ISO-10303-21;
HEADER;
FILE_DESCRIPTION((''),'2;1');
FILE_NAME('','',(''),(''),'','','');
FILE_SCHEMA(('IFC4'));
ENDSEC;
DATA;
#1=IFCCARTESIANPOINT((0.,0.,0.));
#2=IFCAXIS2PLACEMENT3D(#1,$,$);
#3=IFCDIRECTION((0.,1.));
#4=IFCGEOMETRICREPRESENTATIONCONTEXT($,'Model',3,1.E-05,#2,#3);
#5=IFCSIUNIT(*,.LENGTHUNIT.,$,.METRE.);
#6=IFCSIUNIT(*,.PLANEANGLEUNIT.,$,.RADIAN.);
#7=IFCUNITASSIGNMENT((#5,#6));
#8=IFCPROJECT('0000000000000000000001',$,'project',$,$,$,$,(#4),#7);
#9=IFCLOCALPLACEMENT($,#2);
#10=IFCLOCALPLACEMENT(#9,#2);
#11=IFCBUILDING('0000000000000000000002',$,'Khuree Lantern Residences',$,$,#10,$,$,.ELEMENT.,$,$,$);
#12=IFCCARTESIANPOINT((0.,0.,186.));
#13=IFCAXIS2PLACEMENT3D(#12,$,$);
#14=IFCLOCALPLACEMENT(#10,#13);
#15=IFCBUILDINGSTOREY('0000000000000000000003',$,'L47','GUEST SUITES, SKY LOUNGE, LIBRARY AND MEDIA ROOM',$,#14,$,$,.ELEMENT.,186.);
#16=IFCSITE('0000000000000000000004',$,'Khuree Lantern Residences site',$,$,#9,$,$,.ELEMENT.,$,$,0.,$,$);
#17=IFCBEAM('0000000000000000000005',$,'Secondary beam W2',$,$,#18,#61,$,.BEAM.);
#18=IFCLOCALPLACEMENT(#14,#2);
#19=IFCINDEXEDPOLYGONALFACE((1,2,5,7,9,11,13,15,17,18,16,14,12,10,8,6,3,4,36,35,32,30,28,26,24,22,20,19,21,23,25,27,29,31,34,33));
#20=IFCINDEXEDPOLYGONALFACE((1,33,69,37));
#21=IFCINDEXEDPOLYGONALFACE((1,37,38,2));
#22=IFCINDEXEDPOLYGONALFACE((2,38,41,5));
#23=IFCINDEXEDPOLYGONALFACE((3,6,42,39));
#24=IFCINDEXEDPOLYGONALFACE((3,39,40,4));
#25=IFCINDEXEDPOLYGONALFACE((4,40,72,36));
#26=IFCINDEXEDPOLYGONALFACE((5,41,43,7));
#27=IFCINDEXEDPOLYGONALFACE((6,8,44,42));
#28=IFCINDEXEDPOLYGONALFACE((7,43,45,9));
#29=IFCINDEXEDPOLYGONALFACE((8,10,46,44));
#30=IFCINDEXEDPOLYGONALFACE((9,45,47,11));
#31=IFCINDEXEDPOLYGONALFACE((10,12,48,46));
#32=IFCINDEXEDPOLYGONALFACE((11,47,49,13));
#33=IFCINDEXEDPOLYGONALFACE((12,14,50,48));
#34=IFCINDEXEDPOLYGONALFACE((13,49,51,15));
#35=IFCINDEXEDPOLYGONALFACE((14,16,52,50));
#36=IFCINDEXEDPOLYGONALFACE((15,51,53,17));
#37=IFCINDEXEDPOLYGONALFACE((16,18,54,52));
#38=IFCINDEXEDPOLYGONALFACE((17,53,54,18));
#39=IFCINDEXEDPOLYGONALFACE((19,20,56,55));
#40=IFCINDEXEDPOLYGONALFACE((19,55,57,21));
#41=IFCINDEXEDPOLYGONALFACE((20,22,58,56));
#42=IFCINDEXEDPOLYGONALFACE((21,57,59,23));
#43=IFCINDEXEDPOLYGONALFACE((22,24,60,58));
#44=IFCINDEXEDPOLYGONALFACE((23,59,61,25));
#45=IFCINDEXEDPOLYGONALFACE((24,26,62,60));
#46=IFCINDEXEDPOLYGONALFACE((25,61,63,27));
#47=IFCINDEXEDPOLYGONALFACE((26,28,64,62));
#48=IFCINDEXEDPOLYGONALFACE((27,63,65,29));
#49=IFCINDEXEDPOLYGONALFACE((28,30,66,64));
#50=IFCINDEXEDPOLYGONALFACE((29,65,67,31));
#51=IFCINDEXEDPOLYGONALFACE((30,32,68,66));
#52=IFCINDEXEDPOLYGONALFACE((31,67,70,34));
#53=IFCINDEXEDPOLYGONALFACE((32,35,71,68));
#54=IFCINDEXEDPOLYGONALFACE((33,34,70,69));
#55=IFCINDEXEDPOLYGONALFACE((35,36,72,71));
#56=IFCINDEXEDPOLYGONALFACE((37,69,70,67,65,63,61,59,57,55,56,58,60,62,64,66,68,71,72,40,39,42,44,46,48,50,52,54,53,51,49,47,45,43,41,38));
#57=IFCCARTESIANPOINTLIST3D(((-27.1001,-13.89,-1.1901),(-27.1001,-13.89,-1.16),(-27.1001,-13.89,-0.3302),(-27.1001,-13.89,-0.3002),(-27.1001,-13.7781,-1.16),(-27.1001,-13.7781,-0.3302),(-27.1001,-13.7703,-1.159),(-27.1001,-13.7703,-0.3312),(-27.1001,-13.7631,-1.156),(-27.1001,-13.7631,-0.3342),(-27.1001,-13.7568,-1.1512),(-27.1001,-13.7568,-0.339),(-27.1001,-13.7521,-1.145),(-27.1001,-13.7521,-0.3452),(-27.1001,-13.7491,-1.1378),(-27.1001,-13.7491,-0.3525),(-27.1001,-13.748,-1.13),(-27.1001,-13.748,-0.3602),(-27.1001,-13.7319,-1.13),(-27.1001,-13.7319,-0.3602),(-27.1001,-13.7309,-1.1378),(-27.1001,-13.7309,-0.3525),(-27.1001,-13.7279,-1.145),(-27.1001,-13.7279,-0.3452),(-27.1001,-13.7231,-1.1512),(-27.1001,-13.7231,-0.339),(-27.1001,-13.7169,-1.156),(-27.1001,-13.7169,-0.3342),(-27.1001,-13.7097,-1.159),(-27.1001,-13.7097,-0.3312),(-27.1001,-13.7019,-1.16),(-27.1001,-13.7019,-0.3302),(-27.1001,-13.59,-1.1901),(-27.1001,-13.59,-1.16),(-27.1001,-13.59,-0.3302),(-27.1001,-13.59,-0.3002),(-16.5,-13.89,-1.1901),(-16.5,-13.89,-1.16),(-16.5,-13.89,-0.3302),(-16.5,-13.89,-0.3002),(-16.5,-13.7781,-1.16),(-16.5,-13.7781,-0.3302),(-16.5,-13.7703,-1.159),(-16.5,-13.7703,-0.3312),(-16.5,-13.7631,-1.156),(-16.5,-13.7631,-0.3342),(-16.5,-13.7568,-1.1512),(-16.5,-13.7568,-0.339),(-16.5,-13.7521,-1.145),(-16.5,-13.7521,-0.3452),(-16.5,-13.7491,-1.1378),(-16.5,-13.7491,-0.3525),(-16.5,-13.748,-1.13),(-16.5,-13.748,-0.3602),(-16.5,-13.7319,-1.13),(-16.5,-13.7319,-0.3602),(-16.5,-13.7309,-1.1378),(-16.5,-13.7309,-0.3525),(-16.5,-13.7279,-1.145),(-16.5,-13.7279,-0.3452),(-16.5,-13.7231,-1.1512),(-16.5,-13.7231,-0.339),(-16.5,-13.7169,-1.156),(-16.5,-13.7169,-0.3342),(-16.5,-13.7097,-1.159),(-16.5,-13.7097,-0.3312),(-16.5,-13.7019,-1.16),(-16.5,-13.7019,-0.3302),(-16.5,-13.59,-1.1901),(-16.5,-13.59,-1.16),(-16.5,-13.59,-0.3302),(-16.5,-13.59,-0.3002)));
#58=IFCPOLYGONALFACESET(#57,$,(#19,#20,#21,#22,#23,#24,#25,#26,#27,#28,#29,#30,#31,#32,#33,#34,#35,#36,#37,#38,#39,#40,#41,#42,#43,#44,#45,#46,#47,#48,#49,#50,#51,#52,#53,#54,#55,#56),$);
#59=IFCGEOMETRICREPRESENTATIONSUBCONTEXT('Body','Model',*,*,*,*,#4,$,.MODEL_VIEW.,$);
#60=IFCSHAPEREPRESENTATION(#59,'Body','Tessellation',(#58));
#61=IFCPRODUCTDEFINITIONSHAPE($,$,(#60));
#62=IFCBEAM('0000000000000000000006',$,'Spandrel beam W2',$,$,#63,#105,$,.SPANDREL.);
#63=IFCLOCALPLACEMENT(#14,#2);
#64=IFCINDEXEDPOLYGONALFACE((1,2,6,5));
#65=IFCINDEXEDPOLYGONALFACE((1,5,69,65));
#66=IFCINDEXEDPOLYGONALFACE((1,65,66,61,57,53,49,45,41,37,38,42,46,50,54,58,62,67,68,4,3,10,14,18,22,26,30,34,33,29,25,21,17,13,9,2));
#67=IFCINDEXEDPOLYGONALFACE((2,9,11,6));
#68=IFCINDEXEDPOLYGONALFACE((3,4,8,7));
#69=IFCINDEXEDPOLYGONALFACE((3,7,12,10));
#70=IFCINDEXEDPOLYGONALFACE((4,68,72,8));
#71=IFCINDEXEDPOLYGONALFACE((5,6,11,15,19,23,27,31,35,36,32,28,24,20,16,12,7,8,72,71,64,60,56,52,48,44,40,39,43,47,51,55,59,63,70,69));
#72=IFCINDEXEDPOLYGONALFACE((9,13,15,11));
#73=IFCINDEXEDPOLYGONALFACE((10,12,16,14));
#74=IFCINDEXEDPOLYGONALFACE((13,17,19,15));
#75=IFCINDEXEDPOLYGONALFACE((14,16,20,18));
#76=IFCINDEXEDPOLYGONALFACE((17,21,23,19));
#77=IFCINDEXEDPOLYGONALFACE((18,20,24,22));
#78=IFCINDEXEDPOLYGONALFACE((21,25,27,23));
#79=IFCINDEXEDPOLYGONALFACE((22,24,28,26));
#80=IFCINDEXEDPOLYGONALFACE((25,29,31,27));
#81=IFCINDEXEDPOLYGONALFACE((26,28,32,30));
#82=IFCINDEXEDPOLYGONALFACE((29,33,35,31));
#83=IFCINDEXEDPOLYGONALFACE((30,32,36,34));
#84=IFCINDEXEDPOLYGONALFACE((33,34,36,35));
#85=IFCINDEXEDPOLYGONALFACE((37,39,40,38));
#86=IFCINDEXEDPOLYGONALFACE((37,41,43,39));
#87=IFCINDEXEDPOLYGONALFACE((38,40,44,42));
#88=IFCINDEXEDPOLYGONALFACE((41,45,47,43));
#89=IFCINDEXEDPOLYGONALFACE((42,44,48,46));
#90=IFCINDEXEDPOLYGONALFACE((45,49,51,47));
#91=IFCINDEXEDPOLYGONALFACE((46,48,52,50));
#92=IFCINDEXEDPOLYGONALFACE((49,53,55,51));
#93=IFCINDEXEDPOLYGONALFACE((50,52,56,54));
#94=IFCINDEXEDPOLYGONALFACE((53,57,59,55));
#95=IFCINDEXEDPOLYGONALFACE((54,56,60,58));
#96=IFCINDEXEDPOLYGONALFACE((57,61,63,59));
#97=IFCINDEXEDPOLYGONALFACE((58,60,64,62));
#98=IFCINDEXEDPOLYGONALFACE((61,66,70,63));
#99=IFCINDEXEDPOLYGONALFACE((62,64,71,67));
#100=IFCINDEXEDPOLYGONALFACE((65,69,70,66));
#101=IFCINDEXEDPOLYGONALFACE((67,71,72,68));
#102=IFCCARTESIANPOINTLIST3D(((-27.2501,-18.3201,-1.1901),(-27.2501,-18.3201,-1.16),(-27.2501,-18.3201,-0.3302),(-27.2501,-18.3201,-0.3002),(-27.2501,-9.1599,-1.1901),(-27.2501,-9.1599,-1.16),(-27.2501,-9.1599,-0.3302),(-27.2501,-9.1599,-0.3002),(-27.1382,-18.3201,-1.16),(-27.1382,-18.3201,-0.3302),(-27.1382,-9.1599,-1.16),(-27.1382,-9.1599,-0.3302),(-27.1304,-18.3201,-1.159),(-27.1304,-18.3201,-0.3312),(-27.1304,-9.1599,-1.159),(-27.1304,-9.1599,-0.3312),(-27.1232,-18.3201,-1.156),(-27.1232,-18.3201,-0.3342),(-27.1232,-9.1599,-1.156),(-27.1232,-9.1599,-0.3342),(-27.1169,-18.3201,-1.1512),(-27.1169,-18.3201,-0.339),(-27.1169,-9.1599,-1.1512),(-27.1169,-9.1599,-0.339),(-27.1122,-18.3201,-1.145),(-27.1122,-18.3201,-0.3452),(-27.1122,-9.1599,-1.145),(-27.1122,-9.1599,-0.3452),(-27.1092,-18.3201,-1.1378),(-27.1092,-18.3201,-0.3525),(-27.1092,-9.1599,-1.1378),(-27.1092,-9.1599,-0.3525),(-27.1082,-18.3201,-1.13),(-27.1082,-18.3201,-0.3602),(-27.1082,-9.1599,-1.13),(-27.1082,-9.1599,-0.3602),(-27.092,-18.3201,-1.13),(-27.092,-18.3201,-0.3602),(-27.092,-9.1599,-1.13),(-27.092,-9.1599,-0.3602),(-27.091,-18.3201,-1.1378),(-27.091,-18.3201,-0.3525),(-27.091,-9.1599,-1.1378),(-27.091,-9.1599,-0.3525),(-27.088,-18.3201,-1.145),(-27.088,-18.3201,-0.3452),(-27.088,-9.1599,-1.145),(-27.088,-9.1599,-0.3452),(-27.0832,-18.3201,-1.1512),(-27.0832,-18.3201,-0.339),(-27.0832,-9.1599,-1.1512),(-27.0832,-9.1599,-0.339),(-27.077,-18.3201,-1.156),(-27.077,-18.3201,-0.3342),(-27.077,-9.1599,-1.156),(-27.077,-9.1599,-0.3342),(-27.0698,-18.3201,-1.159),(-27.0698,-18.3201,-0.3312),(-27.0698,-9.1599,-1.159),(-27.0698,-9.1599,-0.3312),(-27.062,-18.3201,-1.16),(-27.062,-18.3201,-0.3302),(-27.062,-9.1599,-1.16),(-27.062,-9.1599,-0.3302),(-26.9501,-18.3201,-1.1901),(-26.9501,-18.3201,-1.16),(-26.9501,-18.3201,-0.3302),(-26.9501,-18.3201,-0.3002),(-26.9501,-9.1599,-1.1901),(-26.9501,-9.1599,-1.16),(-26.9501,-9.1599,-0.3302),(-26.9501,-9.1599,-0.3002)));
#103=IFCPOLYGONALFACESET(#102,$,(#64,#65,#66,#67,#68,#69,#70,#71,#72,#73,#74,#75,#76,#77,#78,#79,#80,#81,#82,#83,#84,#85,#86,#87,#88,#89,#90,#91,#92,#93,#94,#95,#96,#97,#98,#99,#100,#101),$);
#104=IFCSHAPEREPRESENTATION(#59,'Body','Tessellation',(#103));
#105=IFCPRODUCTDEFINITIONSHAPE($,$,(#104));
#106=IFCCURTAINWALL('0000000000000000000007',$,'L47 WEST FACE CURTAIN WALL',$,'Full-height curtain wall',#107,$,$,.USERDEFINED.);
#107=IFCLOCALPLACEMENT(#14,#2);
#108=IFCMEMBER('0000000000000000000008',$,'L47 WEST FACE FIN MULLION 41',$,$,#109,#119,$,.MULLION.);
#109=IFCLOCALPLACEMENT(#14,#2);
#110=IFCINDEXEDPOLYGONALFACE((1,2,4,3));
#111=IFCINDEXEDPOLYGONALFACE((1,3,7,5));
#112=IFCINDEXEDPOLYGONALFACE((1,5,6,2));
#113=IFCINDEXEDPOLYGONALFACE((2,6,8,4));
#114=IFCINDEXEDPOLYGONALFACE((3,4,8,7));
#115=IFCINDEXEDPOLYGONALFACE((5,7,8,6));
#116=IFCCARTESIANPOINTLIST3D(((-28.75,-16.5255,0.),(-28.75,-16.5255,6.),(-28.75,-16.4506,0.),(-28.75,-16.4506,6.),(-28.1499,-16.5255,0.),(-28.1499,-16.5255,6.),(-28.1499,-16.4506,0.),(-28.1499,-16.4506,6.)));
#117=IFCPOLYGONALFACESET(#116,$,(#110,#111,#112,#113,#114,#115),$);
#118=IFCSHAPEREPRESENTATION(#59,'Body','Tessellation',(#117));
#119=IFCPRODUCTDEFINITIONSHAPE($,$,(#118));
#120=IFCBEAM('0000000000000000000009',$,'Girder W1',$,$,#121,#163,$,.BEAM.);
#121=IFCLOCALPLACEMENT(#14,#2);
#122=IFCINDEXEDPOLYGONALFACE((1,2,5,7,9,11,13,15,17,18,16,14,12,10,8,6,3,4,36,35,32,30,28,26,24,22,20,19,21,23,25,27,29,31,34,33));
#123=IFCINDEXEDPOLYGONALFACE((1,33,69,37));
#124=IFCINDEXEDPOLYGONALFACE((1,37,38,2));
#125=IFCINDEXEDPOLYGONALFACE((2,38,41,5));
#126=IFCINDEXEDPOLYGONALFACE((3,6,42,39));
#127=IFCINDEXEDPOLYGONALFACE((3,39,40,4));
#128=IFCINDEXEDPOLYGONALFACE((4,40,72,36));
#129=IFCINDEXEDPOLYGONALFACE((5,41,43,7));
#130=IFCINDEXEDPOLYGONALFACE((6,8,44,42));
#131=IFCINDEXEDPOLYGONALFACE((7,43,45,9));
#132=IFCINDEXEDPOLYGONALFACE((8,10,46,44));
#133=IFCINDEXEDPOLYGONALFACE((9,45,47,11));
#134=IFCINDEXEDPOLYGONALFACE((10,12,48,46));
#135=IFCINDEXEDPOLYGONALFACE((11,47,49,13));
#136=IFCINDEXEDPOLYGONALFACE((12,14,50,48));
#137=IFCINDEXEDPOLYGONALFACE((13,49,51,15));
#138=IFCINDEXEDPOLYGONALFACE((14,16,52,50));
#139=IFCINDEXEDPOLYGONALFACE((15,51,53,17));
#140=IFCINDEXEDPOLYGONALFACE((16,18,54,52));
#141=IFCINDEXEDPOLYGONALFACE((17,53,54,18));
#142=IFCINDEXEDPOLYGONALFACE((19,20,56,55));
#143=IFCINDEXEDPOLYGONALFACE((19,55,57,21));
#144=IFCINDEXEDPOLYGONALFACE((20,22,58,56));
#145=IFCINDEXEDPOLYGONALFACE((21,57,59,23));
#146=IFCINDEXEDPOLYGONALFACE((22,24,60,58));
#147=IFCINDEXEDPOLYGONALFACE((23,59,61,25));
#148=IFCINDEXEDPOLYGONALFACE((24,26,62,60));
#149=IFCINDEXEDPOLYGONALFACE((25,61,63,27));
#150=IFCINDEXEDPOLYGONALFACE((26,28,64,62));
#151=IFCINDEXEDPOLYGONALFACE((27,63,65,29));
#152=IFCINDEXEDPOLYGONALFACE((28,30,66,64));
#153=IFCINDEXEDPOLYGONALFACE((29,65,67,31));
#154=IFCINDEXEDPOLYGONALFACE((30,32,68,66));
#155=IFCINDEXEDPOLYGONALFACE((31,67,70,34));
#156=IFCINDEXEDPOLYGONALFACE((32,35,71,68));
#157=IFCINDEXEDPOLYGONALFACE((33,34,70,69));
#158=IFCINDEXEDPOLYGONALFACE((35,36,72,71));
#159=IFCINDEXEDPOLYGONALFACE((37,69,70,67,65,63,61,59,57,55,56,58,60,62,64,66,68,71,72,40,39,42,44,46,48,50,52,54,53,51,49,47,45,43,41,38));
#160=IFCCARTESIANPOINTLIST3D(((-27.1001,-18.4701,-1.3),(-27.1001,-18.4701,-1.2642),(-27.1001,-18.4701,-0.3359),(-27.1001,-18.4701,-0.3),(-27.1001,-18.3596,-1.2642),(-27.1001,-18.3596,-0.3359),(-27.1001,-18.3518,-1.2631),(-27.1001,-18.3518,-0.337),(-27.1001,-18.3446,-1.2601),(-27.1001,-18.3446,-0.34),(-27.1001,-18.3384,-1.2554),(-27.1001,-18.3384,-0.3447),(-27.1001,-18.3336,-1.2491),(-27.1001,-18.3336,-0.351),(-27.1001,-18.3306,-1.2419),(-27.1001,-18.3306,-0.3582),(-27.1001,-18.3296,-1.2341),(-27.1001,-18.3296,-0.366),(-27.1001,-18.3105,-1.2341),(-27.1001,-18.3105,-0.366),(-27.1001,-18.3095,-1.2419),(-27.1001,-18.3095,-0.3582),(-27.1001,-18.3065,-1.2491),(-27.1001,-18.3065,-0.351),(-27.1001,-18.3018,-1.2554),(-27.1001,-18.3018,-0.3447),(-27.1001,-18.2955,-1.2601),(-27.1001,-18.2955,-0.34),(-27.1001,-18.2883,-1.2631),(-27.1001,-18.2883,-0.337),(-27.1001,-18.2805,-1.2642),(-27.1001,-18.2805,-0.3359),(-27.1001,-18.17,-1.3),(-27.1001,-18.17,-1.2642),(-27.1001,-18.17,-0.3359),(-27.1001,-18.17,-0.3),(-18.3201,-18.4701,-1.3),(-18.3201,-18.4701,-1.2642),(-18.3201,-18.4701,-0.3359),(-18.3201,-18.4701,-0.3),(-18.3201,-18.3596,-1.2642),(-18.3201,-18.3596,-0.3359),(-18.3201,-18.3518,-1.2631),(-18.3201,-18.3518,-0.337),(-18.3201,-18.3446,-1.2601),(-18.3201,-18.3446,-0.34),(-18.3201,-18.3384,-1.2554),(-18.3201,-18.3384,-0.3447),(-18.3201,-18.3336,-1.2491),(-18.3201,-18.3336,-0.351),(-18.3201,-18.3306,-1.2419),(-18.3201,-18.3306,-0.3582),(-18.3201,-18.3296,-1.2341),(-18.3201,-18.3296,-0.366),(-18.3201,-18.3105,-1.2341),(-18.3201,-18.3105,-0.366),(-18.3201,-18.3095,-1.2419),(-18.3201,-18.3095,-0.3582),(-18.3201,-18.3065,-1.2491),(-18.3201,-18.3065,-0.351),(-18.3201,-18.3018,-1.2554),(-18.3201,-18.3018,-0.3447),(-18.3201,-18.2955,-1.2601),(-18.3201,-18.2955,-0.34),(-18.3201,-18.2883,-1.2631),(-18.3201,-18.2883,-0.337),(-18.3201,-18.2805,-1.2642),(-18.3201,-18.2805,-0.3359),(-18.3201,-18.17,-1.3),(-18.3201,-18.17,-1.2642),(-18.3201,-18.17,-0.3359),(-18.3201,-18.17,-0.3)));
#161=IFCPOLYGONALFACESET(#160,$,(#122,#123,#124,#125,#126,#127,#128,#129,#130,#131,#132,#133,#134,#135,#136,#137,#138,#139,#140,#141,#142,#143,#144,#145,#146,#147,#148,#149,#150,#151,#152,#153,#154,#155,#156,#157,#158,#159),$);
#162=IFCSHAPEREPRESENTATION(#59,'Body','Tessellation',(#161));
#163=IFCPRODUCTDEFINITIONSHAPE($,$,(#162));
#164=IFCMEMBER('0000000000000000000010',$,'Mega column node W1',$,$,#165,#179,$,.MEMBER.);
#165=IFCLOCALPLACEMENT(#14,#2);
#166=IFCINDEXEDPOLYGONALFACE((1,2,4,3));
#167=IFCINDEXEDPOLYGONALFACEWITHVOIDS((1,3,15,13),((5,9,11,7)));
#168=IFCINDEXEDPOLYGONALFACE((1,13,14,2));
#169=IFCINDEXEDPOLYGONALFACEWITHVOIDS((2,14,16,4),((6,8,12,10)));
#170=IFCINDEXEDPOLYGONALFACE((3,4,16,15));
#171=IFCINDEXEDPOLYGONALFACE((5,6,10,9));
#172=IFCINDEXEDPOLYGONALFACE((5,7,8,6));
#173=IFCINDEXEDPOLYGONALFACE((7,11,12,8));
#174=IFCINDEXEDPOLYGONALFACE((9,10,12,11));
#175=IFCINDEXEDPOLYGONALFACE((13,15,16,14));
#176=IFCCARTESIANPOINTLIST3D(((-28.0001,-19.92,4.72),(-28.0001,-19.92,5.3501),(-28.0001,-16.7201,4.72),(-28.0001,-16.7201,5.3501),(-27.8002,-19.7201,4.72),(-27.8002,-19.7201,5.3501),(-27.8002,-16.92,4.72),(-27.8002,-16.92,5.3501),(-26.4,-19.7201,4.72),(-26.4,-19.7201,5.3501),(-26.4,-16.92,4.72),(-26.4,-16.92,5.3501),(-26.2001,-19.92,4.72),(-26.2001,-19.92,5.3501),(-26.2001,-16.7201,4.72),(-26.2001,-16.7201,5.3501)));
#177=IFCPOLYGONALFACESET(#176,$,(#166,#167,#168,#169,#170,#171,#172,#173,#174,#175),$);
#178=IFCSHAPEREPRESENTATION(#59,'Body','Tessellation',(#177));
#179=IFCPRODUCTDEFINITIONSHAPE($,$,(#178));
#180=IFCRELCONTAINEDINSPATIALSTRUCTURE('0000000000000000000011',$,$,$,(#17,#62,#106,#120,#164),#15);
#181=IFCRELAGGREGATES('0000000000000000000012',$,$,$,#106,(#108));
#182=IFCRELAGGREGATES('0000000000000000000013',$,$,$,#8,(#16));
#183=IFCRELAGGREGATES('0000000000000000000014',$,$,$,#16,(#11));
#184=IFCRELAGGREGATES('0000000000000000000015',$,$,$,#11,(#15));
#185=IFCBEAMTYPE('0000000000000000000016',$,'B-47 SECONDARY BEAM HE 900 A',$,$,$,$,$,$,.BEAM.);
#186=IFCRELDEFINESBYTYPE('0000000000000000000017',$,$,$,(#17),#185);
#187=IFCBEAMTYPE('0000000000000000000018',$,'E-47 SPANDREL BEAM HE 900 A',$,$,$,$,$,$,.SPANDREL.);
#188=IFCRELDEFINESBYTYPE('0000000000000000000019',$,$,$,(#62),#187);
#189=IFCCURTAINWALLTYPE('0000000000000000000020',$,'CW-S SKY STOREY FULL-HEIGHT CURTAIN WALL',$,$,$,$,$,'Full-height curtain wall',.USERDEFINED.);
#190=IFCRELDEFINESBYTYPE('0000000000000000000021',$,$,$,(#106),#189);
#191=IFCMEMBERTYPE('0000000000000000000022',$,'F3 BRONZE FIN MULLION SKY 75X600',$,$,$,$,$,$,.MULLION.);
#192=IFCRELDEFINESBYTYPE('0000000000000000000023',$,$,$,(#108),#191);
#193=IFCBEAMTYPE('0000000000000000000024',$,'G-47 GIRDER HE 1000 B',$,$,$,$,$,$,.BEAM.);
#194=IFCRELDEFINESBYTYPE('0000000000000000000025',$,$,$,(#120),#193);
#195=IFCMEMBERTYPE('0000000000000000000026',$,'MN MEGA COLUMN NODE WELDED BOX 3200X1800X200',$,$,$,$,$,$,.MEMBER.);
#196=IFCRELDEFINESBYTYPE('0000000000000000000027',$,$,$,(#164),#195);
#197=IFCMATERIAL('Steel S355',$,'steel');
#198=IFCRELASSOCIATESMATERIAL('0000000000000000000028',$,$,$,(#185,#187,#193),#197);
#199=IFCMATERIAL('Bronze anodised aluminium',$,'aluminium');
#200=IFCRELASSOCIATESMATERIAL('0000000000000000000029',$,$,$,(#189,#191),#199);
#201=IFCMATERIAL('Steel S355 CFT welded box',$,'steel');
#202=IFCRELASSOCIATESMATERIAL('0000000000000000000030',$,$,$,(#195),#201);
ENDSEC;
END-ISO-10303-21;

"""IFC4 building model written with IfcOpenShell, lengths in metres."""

from ifc_helpers import new_model, si_unit, direction, frame, origin, origin_2d, place, context, subcontext, project, spatial, rectangle, hollow_rectangle, i_section, extrude, material, material_profile, profile_set, type_object, element, aggregate, save


model = new_model("IFC4")

# Units and contexts
model_context = context("Model", 3, precision=1e-05, world=origin(), true_north=direction((0.0, 1.0)))
body_context = subcontext(model_context, "Body", "Model", "MODEL_VIEW")
ifc_project = project(units=[si_unit("LENGTHUNIT", "METRE"), si_unit("PLANEANGLEUNIT", "RADIAN")], contexts=[model_context])

# Site, building, storey
site_placement = place(None, origin())
site = spatial("IfcSite", under=ifc_project, at=site_placement, Name="Khuree Lantern Residences site", CompositionType="ELEMENT", RefElevation=0.0)
building_placement = place(site_placement, origin())
building = spatial("IfcBuilding", under=site, at=building_placement, Name="Khuree Lantern Residences", CompositionType="ELEMENT")
storey_placement = place(building_placement, frame((0.0, 0.0, 186.0)))
storey = spatial("IfcBuildingStorey", under=building, at=storey_placement, Name="L47", Description="GUEST SUITES, SKY LOUNGE, LIBRARY AND MEDIA ROOM", CompositionType="ELEMENT", Elevation=186.0)

# Beams
ifc_material_1 = material(Name="Steel S355", Category="steel")
ifc_material_profile_1 = material_profile(ifc_material_1, i_section(OverallWidth=0.3, OverallDepth=0.8899, WebThickness=0.0161, FlangeThickness=0.03, FilletRadius=0.03, at=origin_2d()), Name="HE 900 A")
ifc_profile_set_1 = profile_set([ifc_material_profile_1], Name="Steel S355")
beam_type_1 = type_object("IfcBeamType", Name="B-47 SECONDARY BEAM HE 900 A", PredefinedType="BEAM", material=ifc_profile_set_1)
beam_1_placement = place(storey_placement, frame((-27.1001, -13.74, -0.7451), z_axis=(1.0, 0.0, 0.0), x_axis=(0.0, 1.0, 0.0)))
element("IfcBeam", 1, at=beam_1_placement, inside=storey, type_object=beam_type_1, Name="Secondary beam W2", PredefinedType="BEAM", context=body_context, shape_type="SweptSolid", body=[
    extrude(i_section(OverallWidth=0.3, OverallDepth=0.8899, WebThickness=0.0161, FlangeThickness=0.03, FilletRadius=0.03, at=origin_2d()), origin(), (0.0, 0.0, 1.0), 10.6001),
])
ifc_material_profile_2 = material_profile(ifc_material_1, i_section(OverallWidth=0.3, OverallDepth=0.8899, WebThickness=0.0161, FlangeThickness=0.03, FilletRadius=0.03, at=origin_2d()), Name="HE 900 A")
ifc_profile_set_2 = profile_set([ifc_material_profile_2], Name="Steel S355")
beam_type_2 = type_object("IfcBeamType", Name="E-47 SPANDREL BEAM HE 900 A", PredefinedType="SPANDREL", material=ifc_profile_set_2)
beam_2_placement = place(storey_placement, frame((-27.1001, -18.3201, -0.7451), z_axis=(0.0, 1.0, 0.0), x_axis=(-1.0, 0.0, 0.0)))
element("IfcBeam", 2, at=beam_2_placement, inside=storey, type_object=beam_type_2, Name="Spandrel beam W2", PredefinedType="SPANDREL", context=body_context, shape_type="SweptSolid", body=[
    extrude(i_section(OverallWidth=0.3, OverallDepth=0.8899, WebThickness=0.0161, FlangeThickness=0.03, FilletRadius=0.03, at=origin_2d()), origin(), (0.0, 0.0, 1.0), 9.1602),
])

# Curtain wall, member
ifc_material_2 = material(Name="Bronze anodised aluminium", Category="aluminium")
curtain_wall_type = type_object("IfcCurtainWallType", Name="CW-S SKY STOREY FULL-HEIGHT CURTAIN WALL", ElementType="Full-height curtain wall", PredefinedType="USERDEFINED", material=ifc_material_2)
curtain_wall_placement = place(storey_placement, origin())
curtain_wall = element("IfcCurtainWall", 3, at=curtain_wall_placement, inside=storey, type_object=curtain_wall_type, Name="L47 WEST FACE CURTAIN WALL", ObjectType="Full-height curtain wall", PredefinedType="USERDEFINED")
ifc_material_profile_3 = material_profile(ifc_material_2, rectangle(XDim=0.075, YDim=0.6001, at=origin_2d()), Name="F3 75X600")
ifc_profile_set_3 = profile_set([ifc_material_profile_3], Name="Bronze anodised aluminium")
member_type_1 = type_object("IfcMemberType", Name="F3 BRONZE FIN MULLION SKY 75X600", PredefinedType="MULLION", material=ifc_profile_set_3)
member_1_placement = place(storey_placement, frame((-28.45, -16.488, 0.0), z_axis=(0.0, 0.0, 1.0), x_axis=(0.0, -1.0, 0.0)))
member_1 = element("IfcMember", 4, at=member_1_placement, type_object=member_type_1, Name="L47 WEST FACE FIN MULLION 41", PredefinedType="MULLION", context=body_context, shape_type="SweptSolid", body=[
    extrude(rectangle(XDim=0.075, YDim=0.6001, at=origin_2d()), origin(), (0.0, 0.0, 1.0), 6.0),
])

# Beam
ifc_material_profile_4 = material_profile(ifc_material_1, i_section(OverallWidth=0.3, OverallDepth=1.0, WebThickness=0.019, FlangeThickness=0.0359, FilletRadius=0.03, at=origin_2d()), Name="HE 1000 B")
ifc_profile_set_4 = profile_set([ifc_material_profile_4], Name="Steel S355")
beam_type_3 = type_object("IfcBeamType", Name="G-47 GIRDER HE 1000 B", PredefinedType="BEAM", material=ifc_profile_set_4)
beam_3_placement = place(storey_placement, frame((-27.1001, -18.3201, -0.8), z_axis=(1.0, 0.0, 0.0), x_axis=(0.0, 1.0, 0.0)))
element("IfcBeam", 5, at=beam_3_placement, inside=storey, type_object=beam_type_3, Name="Girder W1", PredefinedType="BEAM", context=body_context, shape_type="SweptSolid", body=[
    extrude(i_section(OverallWidth=0.3, OverallDepth=1.0, WebThickness=0.019, FlangeThickness=0.0359, FilletRadius=0.03, at=origin_2d()), origin(), (0.0, 0.0, 1.0), 8.78),
])

# Member
ifc_material_3 = material(Name="Steel S355 CFT welded box", Category="steel")
ifc_material_profile_5 = material_profile(ifc_material_3, hollow_rectangle(XDim=3.2, YDim=1.8, WallThickness=0.2, at=origin_2d()), Name="WELDED BOX 3200X1800X200")
ifc_profile_set_5 = profile_set([ifc_material_profile_5], Name="Steel S355 CFT welded box")
member_type_2 = type_object("IfcMemberType", Name="MN MEGA COLUMN NODE WELDED BOX 3200X1800X200", PredefinedType="MEMBER", material=ifc_profile_set_5)
member_2_placement = place(storey_placement, frame((-27.1001, -18.3201, 4.72), z_axis=(0.0, 0.0, 1.0), x_axis=(0.0, 1.0, 0.0)))
element("IfcMember", 6, at=member_2_placement, inside=storey, type_object=member_type_2, Name="Mega column node W1", PredefinedType="MEMBER", context=body_context, shape_type="SweptSolid", body=[
    extrude(hollow_rectangle(XDim=3.2, YDim=1.8, WallThickness=0.2, at=origin_2d()), origin(), (0.0, 0.0, 1.0), 0.6301),
])

aggregate(curtain_wall, [member_1])

save(model, "model.ifc")
